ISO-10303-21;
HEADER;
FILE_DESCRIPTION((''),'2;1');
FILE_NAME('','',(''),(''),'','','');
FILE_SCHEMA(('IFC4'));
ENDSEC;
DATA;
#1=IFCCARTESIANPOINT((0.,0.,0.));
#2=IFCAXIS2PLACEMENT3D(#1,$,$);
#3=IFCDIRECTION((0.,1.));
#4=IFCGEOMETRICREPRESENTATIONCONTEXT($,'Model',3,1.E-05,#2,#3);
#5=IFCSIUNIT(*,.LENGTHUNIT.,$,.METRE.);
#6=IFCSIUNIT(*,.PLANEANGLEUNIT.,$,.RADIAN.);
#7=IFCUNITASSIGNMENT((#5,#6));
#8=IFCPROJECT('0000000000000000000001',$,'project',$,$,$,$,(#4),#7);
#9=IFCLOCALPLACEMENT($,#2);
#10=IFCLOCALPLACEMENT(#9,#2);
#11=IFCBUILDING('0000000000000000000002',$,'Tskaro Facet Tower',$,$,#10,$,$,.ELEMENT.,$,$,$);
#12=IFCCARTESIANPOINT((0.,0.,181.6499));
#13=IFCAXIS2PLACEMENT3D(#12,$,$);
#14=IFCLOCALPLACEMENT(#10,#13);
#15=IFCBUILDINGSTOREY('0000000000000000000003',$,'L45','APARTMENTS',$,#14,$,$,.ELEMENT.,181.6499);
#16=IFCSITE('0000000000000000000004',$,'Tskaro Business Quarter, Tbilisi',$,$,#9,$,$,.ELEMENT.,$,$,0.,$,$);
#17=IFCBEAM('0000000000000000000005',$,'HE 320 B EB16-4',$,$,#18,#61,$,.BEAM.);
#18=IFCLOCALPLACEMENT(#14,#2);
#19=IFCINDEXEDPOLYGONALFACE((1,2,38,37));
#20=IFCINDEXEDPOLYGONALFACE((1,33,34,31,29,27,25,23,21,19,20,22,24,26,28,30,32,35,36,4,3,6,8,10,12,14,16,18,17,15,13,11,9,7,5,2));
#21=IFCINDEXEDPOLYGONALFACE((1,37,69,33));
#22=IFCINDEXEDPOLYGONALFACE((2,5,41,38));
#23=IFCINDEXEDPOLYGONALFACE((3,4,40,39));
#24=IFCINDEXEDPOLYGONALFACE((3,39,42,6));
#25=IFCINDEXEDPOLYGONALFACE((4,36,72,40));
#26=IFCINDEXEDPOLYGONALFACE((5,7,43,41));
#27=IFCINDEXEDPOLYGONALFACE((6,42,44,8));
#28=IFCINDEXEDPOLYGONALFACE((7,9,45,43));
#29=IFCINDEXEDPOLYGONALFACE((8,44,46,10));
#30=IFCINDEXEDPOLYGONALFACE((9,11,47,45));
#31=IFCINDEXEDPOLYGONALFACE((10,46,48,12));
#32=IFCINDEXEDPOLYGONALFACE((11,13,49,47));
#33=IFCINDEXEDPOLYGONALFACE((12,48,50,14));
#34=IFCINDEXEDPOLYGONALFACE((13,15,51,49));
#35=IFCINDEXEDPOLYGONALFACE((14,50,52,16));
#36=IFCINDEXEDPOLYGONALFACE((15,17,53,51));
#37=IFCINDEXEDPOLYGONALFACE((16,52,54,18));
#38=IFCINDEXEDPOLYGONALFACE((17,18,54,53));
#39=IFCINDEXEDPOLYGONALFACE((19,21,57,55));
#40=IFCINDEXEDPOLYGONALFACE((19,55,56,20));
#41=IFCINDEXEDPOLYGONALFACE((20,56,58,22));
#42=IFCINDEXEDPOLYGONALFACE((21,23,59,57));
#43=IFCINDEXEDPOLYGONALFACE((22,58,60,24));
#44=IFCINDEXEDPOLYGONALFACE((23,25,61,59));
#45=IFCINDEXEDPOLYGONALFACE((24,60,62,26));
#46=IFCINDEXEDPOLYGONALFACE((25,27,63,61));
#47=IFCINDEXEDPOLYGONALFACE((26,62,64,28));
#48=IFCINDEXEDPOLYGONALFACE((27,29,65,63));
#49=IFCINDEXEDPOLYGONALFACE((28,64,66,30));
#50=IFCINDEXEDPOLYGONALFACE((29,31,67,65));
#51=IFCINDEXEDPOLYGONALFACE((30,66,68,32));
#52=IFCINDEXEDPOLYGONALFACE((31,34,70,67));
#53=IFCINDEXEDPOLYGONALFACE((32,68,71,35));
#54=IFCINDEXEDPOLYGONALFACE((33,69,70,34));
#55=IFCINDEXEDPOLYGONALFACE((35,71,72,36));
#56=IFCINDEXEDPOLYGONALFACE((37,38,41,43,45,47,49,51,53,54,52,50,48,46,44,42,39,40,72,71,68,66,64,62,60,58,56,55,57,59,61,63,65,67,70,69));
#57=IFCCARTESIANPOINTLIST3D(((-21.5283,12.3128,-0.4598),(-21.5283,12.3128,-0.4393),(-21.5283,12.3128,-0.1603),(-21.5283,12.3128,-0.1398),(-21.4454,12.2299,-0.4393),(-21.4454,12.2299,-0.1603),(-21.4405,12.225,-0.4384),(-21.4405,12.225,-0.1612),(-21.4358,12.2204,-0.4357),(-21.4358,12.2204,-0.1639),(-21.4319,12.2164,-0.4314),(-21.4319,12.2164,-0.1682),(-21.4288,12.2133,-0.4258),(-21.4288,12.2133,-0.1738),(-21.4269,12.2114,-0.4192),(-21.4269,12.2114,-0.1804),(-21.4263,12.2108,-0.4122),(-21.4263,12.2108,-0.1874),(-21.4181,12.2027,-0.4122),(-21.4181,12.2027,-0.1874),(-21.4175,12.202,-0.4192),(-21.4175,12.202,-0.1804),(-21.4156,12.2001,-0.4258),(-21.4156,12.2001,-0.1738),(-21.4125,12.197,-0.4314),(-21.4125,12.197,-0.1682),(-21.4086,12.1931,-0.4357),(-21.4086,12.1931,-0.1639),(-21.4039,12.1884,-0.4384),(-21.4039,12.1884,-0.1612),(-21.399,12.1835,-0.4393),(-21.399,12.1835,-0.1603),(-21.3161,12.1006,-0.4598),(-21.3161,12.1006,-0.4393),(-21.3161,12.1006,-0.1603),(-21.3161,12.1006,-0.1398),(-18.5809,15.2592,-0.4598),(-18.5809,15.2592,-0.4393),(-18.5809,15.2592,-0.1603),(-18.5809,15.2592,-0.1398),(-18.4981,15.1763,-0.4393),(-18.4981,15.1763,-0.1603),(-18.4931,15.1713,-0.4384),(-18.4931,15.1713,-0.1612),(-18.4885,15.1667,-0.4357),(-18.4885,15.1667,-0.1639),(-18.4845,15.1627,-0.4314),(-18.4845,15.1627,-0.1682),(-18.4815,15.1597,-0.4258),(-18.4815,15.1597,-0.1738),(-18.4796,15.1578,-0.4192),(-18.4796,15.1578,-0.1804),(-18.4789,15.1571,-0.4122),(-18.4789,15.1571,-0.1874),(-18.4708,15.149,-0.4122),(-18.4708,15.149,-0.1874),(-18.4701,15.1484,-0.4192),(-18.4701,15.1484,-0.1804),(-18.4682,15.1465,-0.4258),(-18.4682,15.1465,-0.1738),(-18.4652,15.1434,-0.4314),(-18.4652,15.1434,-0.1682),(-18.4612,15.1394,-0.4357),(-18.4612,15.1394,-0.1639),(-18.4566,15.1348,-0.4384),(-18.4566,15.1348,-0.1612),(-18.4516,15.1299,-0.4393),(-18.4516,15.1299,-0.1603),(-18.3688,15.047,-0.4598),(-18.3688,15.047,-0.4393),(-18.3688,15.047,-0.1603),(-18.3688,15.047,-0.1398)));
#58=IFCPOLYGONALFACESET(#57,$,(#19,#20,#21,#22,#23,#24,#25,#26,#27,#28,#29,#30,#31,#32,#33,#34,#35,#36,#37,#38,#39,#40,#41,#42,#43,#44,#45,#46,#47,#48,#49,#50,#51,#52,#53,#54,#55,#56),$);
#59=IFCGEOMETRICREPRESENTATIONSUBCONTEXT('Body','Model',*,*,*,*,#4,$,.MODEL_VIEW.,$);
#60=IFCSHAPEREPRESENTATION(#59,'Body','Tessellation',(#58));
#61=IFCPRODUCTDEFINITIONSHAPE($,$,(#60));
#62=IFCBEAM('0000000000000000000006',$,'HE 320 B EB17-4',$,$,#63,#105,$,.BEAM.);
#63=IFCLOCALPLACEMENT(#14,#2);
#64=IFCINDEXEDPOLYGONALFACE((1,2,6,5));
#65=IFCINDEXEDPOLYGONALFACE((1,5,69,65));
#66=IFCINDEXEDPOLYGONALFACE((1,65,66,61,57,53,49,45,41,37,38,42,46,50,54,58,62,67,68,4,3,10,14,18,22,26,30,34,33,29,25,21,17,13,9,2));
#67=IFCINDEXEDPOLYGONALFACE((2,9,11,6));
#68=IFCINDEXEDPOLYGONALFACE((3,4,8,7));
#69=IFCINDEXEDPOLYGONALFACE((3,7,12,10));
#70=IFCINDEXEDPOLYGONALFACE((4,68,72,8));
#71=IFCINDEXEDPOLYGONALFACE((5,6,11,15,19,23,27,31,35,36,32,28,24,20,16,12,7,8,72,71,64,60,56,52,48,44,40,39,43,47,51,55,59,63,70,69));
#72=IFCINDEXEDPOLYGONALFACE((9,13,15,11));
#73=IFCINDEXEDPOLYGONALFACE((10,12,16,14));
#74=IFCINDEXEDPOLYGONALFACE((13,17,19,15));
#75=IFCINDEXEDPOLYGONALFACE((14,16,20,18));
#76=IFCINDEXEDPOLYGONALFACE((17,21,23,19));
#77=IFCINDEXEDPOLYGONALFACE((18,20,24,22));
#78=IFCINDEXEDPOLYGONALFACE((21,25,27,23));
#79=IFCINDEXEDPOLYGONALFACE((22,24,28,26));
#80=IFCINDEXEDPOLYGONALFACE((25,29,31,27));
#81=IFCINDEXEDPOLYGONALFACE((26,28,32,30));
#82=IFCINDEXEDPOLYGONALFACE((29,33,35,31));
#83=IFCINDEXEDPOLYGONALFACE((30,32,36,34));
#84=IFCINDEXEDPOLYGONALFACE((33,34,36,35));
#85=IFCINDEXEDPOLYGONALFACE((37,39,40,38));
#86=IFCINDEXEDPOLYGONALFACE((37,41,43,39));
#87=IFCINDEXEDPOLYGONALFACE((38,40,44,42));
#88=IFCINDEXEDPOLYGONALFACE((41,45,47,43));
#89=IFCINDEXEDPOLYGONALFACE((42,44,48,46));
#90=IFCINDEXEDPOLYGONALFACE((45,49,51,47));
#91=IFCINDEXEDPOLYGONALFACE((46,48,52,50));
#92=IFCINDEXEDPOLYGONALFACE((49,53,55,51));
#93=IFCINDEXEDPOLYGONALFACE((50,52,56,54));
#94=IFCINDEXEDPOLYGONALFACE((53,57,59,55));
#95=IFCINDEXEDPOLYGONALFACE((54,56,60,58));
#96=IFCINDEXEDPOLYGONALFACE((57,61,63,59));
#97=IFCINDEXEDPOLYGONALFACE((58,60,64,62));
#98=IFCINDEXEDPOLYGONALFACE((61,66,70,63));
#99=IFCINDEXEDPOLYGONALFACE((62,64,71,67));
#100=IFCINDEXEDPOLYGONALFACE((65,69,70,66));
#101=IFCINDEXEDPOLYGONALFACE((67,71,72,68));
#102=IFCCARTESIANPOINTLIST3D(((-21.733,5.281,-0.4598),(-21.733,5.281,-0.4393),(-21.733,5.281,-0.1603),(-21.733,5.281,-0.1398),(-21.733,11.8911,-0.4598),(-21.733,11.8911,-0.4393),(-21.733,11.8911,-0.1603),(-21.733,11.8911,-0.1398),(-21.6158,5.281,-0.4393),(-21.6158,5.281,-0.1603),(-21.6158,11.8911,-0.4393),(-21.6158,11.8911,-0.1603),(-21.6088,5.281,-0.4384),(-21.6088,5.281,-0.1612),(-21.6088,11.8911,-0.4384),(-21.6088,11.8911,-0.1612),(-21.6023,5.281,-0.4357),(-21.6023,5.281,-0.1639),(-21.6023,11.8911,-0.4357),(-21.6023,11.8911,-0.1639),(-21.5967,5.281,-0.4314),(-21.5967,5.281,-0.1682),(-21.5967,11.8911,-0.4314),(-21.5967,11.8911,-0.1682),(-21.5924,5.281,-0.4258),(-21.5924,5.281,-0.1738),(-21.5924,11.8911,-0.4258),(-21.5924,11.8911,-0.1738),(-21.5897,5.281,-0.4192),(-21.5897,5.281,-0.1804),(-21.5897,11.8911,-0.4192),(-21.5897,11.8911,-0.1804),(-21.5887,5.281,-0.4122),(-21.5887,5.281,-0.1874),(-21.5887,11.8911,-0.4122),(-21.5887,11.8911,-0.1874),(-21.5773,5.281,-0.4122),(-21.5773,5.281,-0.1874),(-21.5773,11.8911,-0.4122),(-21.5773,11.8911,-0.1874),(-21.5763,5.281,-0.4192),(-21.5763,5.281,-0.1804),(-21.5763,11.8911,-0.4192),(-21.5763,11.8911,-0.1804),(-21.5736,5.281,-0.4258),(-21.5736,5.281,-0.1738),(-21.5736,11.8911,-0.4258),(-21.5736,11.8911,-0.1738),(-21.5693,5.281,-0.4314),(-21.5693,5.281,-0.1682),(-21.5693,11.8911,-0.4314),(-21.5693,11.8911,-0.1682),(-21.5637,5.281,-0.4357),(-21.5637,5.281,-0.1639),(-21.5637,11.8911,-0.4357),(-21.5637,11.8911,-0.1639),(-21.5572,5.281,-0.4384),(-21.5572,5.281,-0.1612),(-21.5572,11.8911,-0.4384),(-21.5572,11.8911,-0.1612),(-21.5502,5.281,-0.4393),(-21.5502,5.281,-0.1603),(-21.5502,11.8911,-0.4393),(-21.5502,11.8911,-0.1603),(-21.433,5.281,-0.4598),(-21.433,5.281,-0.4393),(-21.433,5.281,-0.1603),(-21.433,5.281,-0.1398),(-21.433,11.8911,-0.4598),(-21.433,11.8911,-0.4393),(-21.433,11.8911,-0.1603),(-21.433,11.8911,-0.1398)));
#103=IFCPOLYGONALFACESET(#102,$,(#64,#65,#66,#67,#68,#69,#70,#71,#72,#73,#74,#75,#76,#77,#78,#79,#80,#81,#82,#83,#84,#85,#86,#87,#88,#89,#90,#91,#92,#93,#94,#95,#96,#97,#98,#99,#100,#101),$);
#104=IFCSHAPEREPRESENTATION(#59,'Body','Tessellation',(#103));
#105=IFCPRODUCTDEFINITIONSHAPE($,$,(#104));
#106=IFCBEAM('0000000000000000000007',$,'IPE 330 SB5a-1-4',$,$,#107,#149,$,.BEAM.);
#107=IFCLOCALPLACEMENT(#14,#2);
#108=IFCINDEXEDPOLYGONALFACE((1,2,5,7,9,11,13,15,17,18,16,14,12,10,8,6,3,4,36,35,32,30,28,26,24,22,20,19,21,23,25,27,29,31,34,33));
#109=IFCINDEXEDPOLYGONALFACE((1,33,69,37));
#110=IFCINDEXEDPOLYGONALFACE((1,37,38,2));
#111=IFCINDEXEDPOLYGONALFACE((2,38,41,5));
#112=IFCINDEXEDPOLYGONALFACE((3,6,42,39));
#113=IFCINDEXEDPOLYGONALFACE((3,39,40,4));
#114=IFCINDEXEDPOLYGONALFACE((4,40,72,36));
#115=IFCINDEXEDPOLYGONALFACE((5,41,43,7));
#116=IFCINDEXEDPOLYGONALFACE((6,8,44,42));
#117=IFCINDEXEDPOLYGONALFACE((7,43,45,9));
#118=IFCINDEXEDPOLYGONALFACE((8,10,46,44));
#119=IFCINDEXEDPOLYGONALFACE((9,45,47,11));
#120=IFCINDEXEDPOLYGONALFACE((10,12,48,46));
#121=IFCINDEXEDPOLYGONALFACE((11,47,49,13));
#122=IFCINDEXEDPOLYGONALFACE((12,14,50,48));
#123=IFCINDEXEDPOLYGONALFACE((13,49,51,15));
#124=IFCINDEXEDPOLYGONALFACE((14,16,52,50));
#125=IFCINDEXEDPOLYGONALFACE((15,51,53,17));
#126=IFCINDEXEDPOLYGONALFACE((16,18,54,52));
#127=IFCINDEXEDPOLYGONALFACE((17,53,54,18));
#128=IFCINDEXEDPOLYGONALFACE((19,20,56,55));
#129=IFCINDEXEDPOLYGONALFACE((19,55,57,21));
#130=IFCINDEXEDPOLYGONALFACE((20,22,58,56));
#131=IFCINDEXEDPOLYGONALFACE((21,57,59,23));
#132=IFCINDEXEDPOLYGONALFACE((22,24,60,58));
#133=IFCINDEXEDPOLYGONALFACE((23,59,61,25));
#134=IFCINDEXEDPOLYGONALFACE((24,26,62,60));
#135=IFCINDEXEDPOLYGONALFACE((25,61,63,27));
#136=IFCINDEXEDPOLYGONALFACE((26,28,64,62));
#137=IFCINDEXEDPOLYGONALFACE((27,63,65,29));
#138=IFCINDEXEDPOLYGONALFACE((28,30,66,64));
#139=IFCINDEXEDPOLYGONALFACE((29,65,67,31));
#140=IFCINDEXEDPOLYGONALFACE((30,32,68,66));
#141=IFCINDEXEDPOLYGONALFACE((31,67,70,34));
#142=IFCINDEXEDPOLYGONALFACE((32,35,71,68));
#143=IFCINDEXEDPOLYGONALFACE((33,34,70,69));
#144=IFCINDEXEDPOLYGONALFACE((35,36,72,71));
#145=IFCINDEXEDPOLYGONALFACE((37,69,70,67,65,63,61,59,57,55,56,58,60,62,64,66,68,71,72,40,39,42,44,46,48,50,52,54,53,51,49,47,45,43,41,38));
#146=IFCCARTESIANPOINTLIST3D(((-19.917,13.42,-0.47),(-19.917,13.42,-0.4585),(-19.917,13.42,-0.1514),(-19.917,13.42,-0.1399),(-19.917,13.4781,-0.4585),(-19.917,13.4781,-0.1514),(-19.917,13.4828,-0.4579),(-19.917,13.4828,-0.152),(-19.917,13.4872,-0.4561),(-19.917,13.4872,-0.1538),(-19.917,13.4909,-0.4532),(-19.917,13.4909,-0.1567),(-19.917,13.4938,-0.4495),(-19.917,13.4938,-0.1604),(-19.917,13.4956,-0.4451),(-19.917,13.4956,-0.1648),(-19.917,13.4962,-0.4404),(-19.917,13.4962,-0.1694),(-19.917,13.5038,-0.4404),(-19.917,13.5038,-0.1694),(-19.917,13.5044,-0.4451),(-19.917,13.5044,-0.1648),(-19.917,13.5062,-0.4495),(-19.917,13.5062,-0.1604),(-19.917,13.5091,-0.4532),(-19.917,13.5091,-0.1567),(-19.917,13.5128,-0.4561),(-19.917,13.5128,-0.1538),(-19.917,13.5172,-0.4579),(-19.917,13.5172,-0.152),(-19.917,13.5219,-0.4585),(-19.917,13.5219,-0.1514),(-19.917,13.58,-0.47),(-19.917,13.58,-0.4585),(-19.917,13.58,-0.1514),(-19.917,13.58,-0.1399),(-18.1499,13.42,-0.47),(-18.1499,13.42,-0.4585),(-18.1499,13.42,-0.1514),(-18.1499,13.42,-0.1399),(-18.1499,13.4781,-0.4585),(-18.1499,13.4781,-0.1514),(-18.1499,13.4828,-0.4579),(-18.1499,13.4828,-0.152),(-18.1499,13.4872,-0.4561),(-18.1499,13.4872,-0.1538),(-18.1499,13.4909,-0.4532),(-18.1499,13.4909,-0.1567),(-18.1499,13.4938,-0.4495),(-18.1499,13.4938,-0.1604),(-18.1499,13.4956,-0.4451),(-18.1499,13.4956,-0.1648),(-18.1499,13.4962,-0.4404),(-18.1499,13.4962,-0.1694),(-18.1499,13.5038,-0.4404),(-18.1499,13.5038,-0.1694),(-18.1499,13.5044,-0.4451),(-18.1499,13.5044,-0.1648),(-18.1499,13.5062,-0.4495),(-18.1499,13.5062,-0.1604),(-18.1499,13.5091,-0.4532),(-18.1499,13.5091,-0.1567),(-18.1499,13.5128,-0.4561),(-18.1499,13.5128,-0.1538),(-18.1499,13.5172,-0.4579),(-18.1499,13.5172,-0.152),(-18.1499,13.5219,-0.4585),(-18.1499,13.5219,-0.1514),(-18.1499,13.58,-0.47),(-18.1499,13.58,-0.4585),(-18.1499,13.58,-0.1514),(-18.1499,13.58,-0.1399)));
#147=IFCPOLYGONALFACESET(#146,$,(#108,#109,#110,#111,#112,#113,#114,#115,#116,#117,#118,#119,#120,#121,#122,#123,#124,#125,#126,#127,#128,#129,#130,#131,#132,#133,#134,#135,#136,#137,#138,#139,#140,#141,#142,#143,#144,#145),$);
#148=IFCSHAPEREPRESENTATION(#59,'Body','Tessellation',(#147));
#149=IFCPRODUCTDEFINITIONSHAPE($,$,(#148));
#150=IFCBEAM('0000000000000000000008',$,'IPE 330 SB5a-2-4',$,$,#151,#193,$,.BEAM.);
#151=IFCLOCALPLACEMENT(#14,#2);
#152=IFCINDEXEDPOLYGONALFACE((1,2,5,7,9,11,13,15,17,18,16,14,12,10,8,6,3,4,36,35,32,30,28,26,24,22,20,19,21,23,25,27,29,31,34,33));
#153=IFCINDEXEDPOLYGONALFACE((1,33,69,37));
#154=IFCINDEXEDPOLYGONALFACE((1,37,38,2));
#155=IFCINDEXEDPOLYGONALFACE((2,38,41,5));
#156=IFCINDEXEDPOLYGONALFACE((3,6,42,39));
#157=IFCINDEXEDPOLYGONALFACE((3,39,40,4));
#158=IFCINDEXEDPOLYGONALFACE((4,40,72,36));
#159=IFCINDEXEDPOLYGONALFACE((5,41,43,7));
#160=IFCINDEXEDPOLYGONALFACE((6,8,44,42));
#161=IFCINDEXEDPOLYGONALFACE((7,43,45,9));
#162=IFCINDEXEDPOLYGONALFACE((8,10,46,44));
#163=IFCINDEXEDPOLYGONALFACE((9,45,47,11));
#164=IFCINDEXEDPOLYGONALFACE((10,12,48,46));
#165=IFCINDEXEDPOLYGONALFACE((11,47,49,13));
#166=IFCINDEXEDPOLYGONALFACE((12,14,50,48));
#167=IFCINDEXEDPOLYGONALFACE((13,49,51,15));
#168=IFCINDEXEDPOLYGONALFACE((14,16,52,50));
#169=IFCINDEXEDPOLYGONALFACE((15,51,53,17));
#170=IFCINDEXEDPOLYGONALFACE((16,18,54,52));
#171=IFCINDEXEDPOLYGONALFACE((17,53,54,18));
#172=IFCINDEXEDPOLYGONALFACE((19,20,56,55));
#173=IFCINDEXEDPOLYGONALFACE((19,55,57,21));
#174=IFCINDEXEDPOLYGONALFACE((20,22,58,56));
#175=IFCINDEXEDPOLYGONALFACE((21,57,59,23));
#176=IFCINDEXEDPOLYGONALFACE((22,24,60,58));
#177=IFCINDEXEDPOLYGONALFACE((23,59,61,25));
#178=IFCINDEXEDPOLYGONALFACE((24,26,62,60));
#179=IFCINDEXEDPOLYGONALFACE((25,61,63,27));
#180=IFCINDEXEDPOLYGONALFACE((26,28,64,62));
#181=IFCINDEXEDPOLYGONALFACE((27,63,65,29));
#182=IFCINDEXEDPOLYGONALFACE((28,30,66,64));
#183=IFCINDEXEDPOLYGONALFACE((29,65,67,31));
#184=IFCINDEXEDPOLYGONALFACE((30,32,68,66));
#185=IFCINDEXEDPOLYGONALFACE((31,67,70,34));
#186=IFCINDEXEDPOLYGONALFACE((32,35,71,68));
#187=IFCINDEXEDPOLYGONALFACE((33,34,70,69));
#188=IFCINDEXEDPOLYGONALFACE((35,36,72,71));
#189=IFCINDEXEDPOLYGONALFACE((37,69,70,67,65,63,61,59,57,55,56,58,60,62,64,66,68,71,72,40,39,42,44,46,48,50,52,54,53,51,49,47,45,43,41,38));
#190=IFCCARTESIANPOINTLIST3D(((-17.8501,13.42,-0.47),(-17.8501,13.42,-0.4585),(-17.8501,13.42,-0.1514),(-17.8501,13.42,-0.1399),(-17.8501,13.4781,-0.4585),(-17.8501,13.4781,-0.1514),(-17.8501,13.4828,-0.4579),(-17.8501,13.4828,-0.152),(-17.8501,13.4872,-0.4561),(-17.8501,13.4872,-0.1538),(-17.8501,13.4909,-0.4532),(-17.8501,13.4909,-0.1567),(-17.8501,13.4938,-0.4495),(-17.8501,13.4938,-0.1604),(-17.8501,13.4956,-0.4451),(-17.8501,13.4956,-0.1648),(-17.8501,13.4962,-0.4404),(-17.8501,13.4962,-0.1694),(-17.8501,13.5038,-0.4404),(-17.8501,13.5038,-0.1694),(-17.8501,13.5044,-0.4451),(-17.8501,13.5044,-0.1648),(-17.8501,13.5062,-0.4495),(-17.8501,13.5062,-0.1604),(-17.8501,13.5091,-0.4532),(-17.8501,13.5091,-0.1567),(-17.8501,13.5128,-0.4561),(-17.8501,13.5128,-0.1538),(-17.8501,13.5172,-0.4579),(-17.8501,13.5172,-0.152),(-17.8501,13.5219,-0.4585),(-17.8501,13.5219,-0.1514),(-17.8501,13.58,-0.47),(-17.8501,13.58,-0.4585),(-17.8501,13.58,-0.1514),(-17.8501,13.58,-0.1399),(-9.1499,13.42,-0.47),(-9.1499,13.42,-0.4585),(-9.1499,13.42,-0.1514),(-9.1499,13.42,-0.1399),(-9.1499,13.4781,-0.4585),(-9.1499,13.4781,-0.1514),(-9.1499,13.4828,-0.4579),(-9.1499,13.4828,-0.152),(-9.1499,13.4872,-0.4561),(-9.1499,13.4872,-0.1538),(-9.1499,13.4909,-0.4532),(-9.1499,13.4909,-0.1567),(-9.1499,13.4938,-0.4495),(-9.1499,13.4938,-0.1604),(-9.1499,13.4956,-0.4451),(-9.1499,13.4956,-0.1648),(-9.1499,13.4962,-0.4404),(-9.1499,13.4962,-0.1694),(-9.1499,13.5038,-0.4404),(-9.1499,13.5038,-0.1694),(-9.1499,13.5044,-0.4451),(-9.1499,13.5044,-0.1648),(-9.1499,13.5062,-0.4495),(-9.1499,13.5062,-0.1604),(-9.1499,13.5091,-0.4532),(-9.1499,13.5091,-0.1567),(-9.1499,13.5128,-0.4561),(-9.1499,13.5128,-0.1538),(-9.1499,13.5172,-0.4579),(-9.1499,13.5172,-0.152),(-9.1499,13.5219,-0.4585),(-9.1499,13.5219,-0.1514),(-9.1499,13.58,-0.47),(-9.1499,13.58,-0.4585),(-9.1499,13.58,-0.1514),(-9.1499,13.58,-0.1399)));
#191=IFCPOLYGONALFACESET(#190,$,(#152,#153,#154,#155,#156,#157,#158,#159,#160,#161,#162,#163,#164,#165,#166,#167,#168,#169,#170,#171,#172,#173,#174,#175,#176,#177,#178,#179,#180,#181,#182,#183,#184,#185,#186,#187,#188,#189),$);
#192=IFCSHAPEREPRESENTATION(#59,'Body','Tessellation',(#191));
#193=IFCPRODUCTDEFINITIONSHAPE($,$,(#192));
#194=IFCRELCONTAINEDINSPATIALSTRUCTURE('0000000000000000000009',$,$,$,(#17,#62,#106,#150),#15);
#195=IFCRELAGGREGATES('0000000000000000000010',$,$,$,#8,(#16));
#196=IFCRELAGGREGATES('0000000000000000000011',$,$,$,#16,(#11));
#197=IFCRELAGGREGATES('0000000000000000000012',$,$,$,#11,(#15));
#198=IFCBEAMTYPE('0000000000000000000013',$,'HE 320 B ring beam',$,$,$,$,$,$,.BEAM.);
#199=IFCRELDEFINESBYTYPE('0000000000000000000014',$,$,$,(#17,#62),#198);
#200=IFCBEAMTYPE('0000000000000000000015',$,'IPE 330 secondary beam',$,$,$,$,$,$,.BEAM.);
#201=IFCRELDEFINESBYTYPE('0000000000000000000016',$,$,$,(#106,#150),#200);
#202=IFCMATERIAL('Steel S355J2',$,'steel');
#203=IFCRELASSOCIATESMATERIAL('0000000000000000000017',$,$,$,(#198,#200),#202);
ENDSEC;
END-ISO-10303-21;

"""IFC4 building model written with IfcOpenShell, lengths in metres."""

from ifc_helpers import new_model, si_unit, direction, frame, origin, origin_2d, place, context, subcontext, project, spatial, i_section, extrude, material, material_profile, profile_set, type_object, element, save


model = new_model("IFC4")

# Units and contexts
model_context = context("Model", 3, precision=1e-05, world=origin(), true_north=direction((0.0, 1.0)))
body_context = subcontext(model_context, "Body", "Model", "MODEL_VIEW")
ifc_project = project(units=[si_unit("LENGTHUNIT", "METRE"), si_unit("PLANEANGLEUNIT", "RADIAN")], contexts=[model_context])

# Site, building, storey
site_placement = place(None, origin())
site = spatial("IfcSite", under=ifc_project, at=site_placement, Name="Tskaro Business Quarter, Tbilisi", CompositionType="ELEMENT", RefElevation=0.0)
building_placement = place(site_placement, origin())
building = spatial("IfcBuilding", under=site, at=building_placement, Name="Tskaro Facet Tower", CompositionType="ELEMENT")
storey_placement = place(building_placement, frame((0.0, 0.0, 181.6499)))
storey = spatial("IfcBuildingStorey", under=building, at=storey_placement, Name="L45", Description="APARTMENTS", CompositionType="ELEMENT", Elevation=181.6499)

# Beams
ifc_material_1 = material(Name="Steel S355J2", Category="steel")
ifc_material_profile_1 = material_profile(ifc_material_1, i_section(OverallWidth=0.3, OverallDepth=0.3201, WebThickness=0.0115, FlangeThickness=0.0205, FilletRadius=0.0271, at=origin_2d()), Name="HE 320 B")
ifc_profile_set_1 = profile_set([ifc_material_profile_1], Name="Steel S355J2")
beam_type_1 = type_object("IfcBeamType", Name="HE 320 B ring beam", PredefinedType="BEAM", material=ifc_profile_set_1)
beam_1_placement = place(storey_placement, frame((-18.4749, 15.1531, -0.2998), z_axis=(-0.707224, -0.70699, 0.0), x_axis=(0.70699, -0.707224, 0.0)))
element("IfcBeam", 1, at=beam_1_placement, inside=storey, type_object=beam_type_1, Name="HE 320 B EB16-4", PredefinedType="BEAM", context=body_context, shape_type="SweptSolid", body=[
    extrude(i_section(OverallWidth=0.3, OverallDepth=0.3201, WebThickness=0.0115, FlangeThickness=0.0205, FilletRadius=0.0271, at=origin_2d()), origin(), (0.0, 0.0, 1.0), 4.1675),
])
beam_2_placement = place(storey_placement, frame((-21.583, 11.8911, -0.2998), z_axis=(0.0, -1.0, 0.0), x_axis=(1.0, 0.0, 0.0)))
element("IfcBeam", 2, at=beam_2_placement, inside=storey, type_object=beam_type_1, Name="HE 320 B EB17-4", PredefinedType="BEAM", context=body_context, shape_type="SweptSolid", body=[
    extrude(i_section(OverallWidth=0.3, OverallDepth=0.3201, WebThickness=0.0115, FlangeThickness=0.0205, FilletRadius=0.0271, at=origin_2d()), origin(), (0.0, 0.0, 1.0), 6.6101),
])
ifc_material_profile_2 = material_profile(ifc_material_1, i_section(OverallWidth=0.1599, OverallDepth=0.3301, WebThickness=0.0076, FlangeThickness=0.0115, FilletRadius=0.0181, at=origin_2d()), Name="IPE 330")
ifc_profile_set_2 = profile_set([ifc_material_profile_2], Name="Steel S355J2")
beam_type_2 = type_object("IfcBeamType", Name="IPE 330 secondary beam", PredefinedType="BEAM", material=ifc_profile_set_2)
beam_3_placement = place(storey_placement, frame((-19.917, 13.5, -0.3049), z_axis=(1.0, 0.0, 0.0), x_axis=(0.0, 1.0, 0.0)))
element("IfcBeam", 3, at=beam_3_placement, inside=storey, type_object=beam_type_2, Name="IPE 330 SB5a-1-4", PredefinedType="BEAM", context=body_context, shape_type="SweptSolid", body=[
    extrude(i_section(OverallWidth=0.1599, OverallDepth=0.3301, WebThickness=0.0076, FlangeThickness=0.0115, FilletRadius=0.0181, at=origin_2d()), origin(), (0.0, 0.0, 1.0), 1.7671),
])
beam_4_placement = place(storey_placement, frame((-17.8501, 13.5, -0.3049), z_axis=(1.0, 0.0, 0.0), x_axis=(0.0, 1.0, 0.0)))
element("IfcBeam", 4, at=beam_4_placement, inside=storey, type_object=beam_type_2, Name="IPE 330 SB5a-2-4", PredefinedType="BEAM", context=body_context, shape_type="SweptSolid", body=[
    extrude(i_section(OverallWidth=0.1599, OverallDepth=0.3301, WebThickness=0.0076, FlangeThickness=0.0115, FilletRadius=0.0181, at=origin_2d()), origin(), (0.0, 0.0, 1.0), 8.7002),
])

save(model, "model.ifc")
